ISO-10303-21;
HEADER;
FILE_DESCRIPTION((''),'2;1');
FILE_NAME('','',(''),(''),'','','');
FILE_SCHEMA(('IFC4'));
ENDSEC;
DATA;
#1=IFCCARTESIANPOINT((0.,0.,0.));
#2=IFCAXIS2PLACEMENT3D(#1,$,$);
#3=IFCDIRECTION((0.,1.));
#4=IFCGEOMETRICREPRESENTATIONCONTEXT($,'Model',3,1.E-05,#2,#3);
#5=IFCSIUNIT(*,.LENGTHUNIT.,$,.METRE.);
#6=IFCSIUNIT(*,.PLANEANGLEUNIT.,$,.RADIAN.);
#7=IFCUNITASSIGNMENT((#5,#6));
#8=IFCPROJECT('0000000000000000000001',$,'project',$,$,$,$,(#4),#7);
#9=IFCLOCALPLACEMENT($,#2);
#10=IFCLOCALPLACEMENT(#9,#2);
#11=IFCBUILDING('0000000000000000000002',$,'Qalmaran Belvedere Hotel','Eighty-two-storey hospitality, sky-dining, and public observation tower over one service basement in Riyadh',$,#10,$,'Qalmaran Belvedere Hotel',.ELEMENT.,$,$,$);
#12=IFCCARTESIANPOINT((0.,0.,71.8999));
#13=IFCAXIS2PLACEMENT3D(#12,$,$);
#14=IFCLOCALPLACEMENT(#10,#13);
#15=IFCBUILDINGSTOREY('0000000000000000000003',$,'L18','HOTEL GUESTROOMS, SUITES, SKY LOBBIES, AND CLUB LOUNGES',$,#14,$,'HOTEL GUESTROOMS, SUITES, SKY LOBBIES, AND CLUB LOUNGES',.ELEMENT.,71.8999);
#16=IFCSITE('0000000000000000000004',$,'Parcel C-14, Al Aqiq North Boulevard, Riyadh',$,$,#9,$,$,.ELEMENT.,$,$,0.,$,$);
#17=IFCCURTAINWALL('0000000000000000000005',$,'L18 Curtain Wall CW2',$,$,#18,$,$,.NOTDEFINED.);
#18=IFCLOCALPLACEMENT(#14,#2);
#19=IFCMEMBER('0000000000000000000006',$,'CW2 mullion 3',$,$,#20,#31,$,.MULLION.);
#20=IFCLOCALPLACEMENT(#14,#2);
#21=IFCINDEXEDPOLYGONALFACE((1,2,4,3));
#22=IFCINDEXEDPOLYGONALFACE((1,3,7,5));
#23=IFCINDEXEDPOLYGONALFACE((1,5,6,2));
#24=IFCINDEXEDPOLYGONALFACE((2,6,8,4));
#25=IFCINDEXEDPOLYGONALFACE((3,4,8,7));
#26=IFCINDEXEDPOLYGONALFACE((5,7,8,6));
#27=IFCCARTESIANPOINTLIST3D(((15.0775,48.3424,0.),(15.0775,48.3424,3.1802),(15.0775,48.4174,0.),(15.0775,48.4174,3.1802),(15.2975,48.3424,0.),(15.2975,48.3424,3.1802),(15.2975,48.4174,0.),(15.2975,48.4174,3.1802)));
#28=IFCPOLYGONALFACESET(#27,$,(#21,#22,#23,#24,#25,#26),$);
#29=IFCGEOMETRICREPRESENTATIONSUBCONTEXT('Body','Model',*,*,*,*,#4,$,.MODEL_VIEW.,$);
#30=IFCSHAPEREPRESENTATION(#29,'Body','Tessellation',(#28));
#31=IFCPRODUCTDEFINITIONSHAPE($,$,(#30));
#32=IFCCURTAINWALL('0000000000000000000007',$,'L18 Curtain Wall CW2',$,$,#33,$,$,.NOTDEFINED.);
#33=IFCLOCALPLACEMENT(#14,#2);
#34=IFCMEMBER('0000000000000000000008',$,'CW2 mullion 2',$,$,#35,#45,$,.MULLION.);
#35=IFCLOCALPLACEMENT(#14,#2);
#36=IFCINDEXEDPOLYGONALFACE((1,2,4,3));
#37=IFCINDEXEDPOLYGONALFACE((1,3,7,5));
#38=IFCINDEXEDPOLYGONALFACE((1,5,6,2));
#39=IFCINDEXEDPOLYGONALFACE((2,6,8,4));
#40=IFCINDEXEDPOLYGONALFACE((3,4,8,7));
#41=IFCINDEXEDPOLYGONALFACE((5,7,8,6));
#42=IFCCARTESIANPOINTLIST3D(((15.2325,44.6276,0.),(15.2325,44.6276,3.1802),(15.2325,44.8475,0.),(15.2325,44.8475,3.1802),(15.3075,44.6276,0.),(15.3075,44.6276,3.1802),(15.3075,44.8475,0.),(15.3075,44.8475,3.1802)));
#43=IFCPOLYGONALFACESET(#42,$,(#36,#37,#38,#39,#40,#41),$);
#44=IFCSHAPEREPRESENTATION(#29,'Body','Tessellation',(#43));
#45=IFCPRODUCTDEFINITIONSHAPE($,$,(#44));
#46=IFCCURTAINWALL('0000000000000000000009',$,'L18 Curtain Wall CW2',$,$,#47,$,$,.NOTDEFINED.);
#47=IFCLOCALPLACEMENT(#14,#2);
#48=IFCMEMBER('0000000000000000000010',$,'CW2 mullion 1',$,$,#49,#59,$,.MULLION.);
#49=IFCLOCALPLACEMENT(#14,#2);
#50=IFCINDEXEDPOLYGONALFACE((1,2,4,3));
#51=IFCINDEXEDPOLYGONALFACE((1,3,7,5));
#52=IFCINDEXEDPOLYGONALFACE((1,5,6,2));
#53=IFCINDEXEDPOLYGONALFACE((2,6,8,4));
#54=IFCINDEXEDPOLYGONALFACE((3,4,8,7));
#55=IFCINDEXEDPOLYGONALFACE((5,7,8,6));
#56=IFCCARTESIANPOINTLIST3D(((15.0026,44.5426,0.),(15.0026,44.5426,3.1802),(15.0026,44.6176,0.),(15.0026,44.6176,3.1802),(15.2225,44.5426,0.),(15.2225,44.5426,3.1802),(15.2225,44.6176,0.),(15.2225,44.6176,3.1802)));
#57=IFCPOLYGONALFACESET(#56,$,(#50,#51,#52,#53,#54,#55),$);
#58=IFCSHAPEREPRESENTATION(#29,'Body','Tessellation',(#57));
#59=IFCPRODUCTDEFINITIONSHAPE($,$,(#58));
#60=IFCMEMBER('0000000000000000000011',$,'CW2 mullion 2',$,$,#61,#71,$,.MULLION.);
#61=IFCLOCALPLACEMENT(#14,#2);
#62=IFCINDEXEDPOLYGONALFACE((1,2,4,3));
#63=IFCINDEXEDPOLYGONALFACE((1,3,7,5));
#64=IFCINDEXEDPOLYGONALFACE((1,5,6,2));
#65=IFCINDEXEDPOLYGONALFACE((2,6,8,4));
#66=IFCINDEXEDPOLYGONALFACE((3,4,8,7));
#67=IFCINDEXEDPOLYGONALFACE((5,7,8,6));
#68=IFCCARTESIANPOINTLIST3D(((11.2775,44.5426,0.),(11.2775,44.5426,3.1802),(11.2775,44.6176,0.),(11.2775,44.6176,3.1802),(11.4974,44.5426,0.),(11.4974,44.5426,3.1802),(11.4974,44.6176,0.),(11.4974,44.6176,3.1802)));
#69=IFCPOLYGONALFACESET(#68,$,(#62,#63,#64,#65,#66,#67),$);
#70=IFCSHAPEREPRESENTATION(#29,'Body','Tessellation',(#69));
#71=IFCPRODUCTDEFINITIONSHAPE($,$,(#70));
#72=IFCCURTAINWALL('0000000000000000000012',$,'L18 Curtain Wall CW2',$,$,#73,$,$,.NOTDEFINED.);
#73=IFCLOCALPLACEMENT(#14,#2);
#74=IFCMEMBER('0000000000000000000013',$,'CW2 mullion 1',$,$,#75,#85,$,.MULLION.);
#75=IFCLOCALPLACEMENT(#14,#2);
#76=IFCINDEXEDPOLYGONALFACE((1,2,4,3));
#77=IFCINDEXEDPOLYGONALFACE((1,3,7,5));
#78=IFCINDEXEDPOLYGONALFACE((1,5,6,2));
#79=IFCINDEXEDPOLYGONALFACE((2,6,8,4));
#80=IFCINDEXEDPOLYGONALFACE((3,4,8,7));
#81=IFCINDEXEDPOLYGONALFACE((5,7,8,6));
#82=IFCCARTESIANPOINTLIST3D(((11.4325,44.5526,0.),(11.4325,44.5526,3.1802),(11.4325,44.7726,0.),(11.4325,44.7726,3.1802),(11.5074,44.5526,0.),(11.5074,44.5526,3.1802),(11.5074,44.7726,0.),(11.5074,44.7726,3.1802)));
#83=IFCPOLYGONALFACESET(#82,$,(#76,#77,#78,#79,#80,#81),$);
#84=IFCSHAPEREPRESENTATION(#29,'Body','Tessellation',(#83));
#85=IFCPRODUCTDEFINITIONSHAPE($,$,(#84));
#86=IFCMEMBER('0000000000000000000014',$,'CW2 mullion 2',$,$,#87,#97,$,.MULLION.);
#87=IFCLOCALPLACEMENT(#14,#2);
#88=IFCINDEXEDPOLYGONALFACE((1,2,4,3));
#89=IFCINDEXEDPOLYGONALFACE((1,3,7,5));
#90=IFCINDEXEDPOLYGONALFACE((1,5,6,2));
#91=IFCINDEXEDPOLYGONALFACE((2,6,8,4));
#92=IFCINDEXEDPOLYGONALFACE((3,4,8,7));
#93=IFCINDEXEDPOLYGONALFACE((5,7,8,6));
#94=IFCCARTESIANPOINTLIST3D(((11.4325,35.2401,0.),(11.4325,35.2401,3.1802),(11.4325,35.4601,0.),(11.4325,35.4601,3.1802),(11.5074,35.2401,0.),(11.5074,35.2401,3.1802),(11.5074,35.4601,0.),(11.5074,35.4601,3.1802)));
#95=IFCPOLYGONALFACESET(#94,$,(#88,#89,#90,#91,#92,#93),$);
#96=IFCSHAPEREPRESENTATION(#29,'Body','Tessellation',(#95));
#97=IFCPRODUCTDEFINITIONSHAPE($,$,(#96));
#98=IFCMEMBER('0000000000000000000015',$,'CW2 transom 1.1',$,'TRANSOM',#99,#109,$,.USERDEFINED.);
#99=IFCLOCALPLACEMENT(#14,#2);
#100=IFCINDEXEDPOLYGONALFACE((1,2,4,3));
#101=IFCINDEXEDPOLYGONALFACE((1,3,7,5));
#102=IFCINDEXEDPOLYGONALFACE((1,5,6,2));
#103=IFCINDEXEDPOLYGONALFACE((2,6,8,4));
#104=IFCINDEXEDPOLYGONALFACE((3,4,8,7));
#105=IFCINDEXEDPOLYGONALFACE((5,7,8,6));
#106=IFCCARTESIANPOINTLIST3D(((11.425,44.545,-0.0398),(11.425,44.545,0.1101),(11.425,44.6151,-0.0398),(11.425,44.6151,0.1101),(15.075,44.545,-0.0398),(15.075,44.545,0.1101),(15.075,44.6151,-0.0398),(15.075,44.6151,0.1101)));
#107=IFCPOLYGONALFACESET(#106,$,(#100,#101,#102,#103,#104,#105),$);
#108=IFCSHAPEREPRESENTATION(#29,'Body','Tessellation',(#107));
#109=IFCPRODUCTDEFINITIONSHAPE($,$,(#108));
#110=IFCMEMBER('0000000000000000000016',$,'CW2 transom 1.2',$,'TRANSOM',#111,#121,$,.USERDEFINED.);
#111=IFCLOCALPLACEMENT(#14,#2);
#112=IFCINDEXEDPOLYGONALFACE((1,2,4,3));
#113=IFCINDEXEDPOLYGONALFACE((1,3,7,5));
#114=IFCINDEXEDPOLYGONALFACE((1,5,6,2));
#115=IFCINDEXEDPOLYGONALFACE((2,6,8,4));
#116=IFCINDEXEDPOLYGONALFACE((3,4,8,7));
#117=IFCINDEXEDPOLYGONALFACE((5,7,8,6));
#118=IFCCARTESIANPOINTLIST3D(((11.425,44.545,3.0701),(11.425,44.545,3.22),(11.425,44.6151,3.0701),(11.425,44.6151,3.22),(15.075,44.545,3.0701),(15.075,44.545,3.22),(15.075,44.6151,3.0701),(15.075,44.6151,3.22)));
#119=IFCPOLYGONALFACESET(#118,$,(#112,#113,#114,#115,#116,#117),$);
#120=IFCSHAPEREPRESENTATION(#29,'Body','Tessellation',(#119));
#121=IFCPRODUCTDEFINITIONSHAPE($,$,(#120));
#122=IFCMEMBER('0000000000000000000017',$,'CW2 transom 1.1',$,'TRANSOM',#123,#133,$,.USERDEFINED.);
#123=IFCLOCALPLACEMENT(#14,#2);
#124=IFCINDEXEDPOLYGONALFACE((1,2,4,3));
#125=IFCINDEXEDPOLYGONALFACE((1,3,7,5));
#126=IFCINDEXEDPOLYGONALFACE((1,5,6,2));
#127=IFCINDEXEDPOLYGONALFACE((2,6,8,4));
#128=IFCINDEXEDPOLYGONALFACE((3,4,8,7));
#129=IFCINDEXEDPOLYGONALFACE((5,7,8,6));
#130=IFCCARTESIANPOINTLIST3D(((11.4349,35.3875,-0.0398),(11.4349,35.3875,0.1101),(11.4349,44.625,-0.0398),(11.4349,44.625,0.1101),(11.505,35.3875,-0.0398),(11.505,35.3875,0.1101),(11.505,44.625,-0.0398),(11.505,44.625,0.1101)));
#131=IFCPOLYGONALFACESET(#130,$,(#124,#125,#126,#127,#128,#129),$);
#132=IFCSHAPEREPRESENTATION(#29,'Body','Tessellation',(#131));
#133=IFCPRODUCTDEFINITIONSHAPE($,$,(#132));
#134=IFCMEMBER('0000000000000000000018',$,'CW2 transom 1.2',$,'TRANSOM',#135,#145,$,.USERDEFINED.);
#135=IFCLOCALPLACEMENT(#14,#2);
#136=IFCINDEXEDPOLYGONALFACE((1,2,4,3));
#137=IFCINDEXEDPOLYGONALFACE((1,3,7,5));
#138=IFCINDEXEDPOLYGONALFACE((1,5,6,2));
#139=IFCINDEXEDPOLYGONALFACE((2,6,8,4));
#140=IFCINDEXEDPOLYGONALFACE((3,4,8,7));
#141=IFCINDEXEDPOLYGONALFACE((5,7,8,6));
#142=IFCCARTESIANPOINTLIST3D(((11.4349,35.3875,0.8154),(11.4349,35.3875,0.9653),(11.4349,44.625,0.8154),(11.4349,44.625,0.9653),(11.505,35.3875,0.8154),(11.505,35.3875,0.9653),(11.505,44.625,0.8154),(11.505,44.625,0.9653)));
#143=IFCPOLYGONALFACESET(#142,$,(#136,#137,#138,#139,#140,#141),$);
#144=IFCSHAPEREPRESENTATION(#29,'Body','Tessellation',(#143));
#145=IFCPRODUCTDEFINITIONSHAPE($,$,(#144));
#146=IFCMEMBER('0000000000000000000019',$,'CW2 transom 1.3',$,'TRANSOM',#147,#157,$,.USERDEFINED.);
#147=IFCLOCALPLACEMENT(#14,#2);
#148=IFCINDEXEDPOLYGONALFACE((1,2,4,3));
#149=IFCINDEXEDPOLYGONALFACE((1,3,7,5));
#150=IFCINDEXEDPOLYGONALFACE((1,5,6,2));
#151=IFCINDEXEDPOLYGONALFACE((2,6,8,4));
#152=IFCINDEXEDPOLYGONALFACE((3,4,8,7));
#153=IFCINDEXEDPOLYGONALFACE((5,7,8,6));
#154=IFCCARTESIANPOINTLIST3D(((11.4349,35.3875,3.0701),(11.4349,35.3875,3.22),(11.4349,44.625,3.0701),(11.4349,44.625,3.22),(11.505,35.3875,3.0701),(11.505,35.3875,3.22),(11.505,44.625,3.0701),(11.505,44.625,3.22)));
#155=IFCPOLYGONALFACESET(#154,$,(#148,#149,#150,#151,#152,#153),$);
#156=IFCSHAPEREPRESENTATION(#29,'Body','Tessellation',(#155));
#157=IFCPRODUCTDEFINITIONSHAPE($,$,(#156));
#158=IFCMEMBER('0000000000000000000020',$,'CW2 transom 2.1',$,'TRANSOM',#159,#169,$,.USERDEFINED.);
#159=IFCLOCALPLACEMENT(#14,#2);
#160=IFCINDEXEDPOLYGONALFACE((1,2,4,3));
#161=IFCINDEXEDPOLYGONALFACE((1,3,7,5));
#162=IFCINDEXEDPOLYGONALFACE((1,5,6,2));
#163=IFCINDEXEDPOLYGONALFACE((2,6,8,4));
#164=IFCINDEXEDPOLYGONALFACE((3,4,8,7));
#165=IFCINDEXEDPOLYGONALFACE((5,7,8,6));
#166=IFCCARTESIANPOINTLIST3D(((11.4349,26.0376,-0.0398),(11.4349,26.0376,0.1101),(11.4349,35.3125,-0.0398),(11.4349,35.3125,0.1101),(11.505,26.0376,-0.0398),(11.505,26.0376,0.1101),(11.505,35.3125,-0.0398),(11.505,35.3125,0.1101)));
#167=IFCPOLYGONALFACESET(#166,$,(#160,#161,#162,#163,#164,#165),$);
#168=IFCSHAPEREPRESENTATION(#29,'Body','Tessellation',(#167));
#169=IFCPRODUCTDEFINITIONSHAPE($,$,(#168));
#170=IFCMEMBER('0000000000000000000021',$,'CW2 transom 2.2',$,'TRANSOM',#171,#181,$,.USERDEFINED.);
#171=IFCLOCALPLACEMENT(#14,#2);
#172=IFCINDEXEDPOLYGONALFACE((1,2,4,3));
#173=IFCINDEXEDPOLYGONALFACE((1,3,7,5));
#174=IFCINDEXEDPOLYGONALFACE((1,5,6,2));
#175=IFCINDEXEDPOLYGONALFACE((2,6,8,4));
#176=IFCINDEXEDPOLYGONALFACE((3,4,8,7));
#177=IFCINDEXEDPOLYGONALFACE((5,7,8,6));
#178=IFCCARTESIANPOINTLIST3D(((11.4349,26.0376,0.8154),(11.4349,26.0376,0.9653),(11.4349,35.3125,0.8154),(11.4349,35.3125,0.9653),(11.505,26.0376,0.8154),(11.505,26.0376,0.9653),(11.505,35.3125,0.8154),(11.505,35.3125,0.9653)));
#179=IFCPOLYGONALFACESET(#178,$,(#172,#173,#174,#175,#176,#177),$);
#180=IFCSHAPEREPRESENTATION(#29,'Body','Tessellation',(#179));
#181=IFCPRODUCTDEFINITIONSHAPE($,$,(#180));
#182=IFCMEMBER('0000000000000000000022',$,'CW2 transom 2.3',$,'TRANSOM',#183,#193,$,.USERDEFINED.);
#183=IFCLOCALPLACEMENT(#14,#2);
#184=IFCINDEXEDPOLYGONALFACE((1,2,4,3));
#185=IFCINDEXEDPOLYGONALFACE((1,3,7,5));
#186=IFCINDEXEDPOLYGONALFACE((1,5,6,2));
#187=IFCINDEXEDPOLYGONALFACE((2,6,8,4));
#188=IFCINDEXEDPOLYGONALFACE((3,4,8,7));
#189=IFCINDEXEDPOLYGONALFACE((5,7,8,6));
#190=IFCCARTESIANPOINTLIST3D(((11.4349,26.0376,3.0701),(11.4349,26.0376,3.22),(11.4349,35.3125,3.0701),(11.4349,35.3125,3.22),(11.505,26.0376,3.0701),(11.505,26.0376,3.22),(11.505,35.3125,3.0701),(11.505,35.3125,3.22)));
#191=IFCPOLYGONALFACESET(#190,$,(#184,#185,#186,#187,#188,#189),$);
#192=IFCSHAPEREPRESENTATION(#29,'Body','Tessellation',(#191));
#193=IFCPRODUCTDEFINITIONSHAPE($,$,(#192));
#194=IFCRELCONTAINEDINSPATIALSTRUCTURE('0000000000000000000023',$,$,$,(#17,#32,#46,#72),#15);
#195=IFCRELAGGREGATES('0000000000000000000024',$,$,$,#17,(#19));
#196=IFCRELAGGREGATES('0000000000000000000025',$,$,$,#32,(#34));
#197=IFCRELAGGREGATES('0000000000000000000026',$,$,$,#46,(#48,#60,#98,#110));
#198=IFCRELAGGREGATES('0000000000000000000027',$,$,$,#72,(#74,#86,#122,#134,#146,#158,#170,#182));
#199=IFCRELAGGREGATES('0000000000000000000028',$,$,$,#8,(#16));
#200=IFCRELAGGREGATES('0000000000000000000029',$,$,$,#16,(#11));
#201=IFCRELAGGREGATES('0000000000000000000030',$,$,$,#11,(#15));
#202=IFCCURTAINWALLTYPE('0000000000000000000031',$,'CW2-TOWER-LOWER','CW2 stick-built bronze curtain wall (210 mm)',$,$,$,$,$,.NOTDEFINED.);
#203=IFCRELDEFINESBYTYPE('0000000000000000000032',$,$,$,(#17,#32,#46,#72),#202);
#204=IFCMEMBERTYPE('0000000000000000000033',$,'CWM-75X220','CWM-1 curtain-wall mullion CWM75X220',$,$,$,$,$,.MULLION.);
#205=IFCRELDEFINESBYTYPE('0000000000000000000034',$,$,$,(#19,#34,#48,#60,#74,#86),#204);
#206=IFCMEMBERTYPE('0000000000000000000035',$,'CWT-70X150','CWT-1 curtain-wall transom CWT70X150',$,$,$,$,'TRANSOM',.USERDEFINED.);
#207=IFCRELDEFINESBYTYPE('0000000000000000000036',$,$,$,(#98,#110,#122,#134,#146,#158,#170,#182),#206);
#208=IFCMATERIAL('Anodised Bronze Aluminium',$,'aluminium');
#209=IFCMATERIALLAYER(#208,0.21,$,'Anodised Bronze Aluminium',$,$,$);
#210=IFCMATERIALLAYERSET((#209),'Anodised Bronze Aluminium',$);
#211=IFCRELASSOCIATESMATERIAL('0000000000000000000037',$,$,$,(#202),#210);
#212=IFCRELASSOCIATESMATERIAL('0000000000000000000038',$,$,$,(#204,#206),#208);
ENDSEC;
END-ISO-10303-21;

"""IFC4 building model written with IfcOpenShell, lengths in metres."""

from ifc_helpers import new_model, si_unit, direction, frame, origin, origin_2d, place, context, subcontext, project, spatial, rectangle, extrude, material, layer, layer_set, material_profile, profile_set, type_object, element, aggregate, save


model = new_model("IFC4")

# Units and contexts
model_context = context("Model", 3, precision=1e-05, world=origin(), true_north=direction((0.0, 1.0)))
body_context = subcontext(model_context, "Body", "Model", "MODEL_VIEW")
ifc_project = project(units=[si_unit("LENGTHUNIT", "METRE"), si_unit("PLANEANGLEUNIT", "RADIAN")], contexts=[model_context])

# Site, building, storey
site_placement = place(None, origin())
site = spatial("IfcSite", under=ifc_project, at=site_placement, Name="Parcel C-14, Al Aqiq North Boulevard, Riyadh", CompositionType="ELEMENT", RefElevation=0.0)
building_placement = place(site_placement, origin())
building = spatial("IfcBuilding", under=site, at=building_placement, Name="Qalmaran Belvedere Hotel", Description="Eighty-two-storey hospitality, sky-dining, and public observation tower over one service basement in Riyadh", LongName="Qalmaran Belvedere Hotel", CompositionType="ELEMENT")
storey_placement = place(building_placement, frame((0.0, 0.0, 71.8999)))
storey = spatial("IfcBuildingStorey", under=building, at=storey_placement, Name="L18", Description="HOTEL GUESTROOMS, SUITES, SKY LOBBIES, AND CLUB LOUNGES", LongName="HOTEL GUESTROOMS, SUITES, SKY LOBBIES, AND CLUB LOUNGES", CompositionType="ELEMENT", Elevation=71.8999)

# Curtain walls, members
ifc_material_1 = material(Name="Anodised Bronze Aluminium", Category="aluminium")
ifc_layer_1 = layer(ifc_material_1, 0.21, Name="Anodised Bronze Aluminium")
ifc_layer_set_1 = layer_set([ifc_layer_1], Name="Anodised Bronze Aluminium")
curtain_wall_type = type_object("IfcCurtainWallType", Name="CW2-TOWER-LOWER", Description="CW2 stick-built bronze curtain wall (210 mm)", PredefinedType="NOTDEFINED", material=ifc_layer_set_1)
curtain_wall_1_placement = place(storey_placement, origin())
curtain_wall_1 = element("IfcCurtainWall", 1, at=curtain_wall_1_placement, inside=storey, type_object=curtain_wall_type, Name="L18 Curtain Wall CW2", PredefinedType="NOTDEFINED")
ifc_material_profile_1 = material_profile(ifc_material_1, rectangle(XDim=0.075, YDim=0.22, at=origin_2d()), Name="CWM75X220")
ifc_profile_set_1 = profile_set([ifc_material_profile_1], Name="Anodised Bronze Aluminium")
member_type_1 = type_object("IfcMemberType", Name="CWM-75X220", Description="CWM-1 curtain-wall mullion CWM75X220", PredefinedType="MULLION", material=ifc_profile_set_1)
member_1_placement = place(storey_placement, frame((15.1875, 48.3799, 0.0), z_axis=(0.0, 0.0, 1.0), x_axis=(0.0, -1.0, 0.0)))
member_1 = element("IfcMember", 2, at=member_1_placement, type_object=member_type_1, Name="CW2 mullion 3", PredefinedType="MULLION", context=body_context, shape_type="SweptSolid", body=[
    extrude(rectangle(XDim=0.075, YDim=0.22, at=origin_2d()), origin(), (0.0, 0.0, 1.0), 3.1802),
])
aggregate(curtain_wall_1, [member_1])
curtain_wall_2_placement = place(storey_placement, origin())
curtain_wall_2 = element("IfcCurtainWall", 3, at=curtain_wall_2_placement, inside=storey, type_object=curtain_wall_type, Name="L18 Curtain Wall CW2", PredefinedType="NOTDEFINED")
member_2_placement = place(storey_placement, frame((15.27, 44.7375, 0.0), z_axis=(0.0, 0.0, 1.0), x_axis=(1.0, 0.0, 0.0)))
member_2 = element("IfcMember", 4, at=member_2_placement, type_object=member_type_1, Name="CW2 mullion 2", PredefinedType="MULLION", context=body_context, shape_type="SweptSolid", body=[
    extrude(rectangle(XDim=0.075, YDim=0.22, at=origin_2d()), origin(), (0.0, 0.0, 1.0), 3.1802),
])

# Curtain walls, members
curtain_wall_3_placement = place(storey_placement, origin())
curtain_wall_3 = element("IfcCurtainWall", 5, at=curtain_wall_3_placement, inside=storey, type_object=curtain_wall_type, Name="L18 Curtain Wall CW2", PredefinedType="NOTDEFINED")
member_3_placement = place(storey_placement, frame((15.1125, 44.5801, 0.0), z_axis=(0.0, 0.0, 1.0), x_axis=(0.0, -1.0, 0.0)))
member_3 = element("IfcMember", 6, at=member_3_placement, type_object=member_type_1, Name="CW2 mullion 1", PredefinedType="MULLION", context=body_context, shape_type="SweptSolid", body=[
    extrude(rectangle(XDim=0.075, YDim=0.22, at=origin_2d()), origin(), (0.0, 0.0, 1.0), 3.1802),
])
member_4_placement = place(storey_placement, frame((11.3875, 44.5801, 0.0), z_axis=(0.0, 0.0, 1.0), x_axis=(0.0, -1.0, 0.0)))
member_4 = element("IfcMember", 7, at=member_4_placement, type_object=member_type_1, Name="CW2 mullion 2", PredefinedType="MULLION", context=body_context, shape_type="SweptSolid", body=[
    extrude(rectangle(XDim=0.075, YDim=0.22, at=origin_2d()), origin(), (0.0, 0.0, 1.0), 3.1802),
])
curtain_wall_4_placement = place(storey_placement, origin())
curtain_wall_4 = element("IfcCurtainWall", 8, at=curtain_wall_4_placement, inside=storey, type_object=curtain_wall_type, Name="L18 Curtain Wall CW2", PredefinedType="NOTDEFINED")
member_5_placement = place(storey_placement, frame((11.47, 44.6626, 0.0), z_axis=(0.0, 0.0, 1.0), x_axis=(1.0, 0.0, 0.0)))
member_5 = element("IfcMember", 9, at=member_5_placement, type_object=member_type_1, Name="CW2 mullion 1", PredefinedType="MULLION", context=body_context, shape_type="SweptSolid", body=[
    extrude(rectangle(XDim=0.075, YDim=0.22, at=origin_2d()), origin(), (0.0, 0.0, 1.0), 3.1802),
])
member_6_placement = place(storey_placement, frame((11.47, 35.3501, 0.0), z_axis=(0.0, 0.0, 1.0), x_axis=(1.0, 0.0, 0.0)))
member_6 = element("IfcMember", 10, at=member_6_placement, type_object=member_type_1, Name="CW2 mullion 2", PredefinedType="MULLION", context=body_context, shape_type="SweptSolid", body=[
    extrude(rectangle(XDim=0.075, YDim=0.22, at=origin_2d()), origin(), (0.0, 0.0, 1.0), 3.1802),
])

# Members
ifc_material_profile_2 = material_profile(ifc_material_1, rectangle(XDim=0.0701, YDim=0.1499, at=origin_2d()), Name="CWT70X150")
ifc_profile_set_2 = profile_set([ifc_material_profile_2], Name="Anodised Bronze Aluminium")
member_type_2 = type_object("IfcMemberType", Name="CWT-70X150", Description="CWT-1 curtain-wall transom CWT70X150", ElementType="TRANSOM", PredefinedType="USERDEFINED", material=ifc_profile_set_2)
member_7_placement = place(storey_placement, frame((15.075, 44.5801, 0.0352), z_axis=(-1.0, 0.0, 0.0), x_axis=(0.0, -1.0, 0.0)))
member_7 = element("IfcMember", 11, at=member_7_placement, type_object=member_type_2, Name="CW2 transom 1.1", ObjectType="TRANSOM", PredefinedType="USERDEFINED", context=body_context, shape_type="SweptSolid", body=[
    extrude(rectangle(XDim=0.0701, YDim=0.1499, at=origin_2d()), origin(), (0.0, 0.0, 1.0), 3.6499),
])
member_8_placement = place(storey_placement, frame((15.075, 44.5801, 3.145), z_axis=(-1.0, 0.0, 0.0), x_axis=(0.0, -1.0, 0.0)))
member_8 = element("IfcMember", 12, at=member_8_placement, type_object=member_type_2, Name="CW2 transom 1.2", ObjectType="TRANSOM", PredefinedType="USERDEFINED", context=body_context, shape_type="SweptSolid", body=[
    extrude(rectangle(XDim=0.0701, YDim=0.1499, at=origin_2d()), origin(), (0.0, 0.0, 1.0), 3.6499),
])
member_9_placement = place(storey_placement, frame((11.47, 44.625, 0.0352), z_axis=(0.0, -1.0, 0.0), x_axis=(1.0, 0.0, 0.0)))
member_9 = element("IfcMember", 13, at=member_9_placement, type_object=member_type_2, Name="CW2 transom 1.1", ObjectType="TRANSOM", PredefinedType="USERDEFINED", context=body_context, shape_type="SweptSolid", body=[
    extrude(rectangle(XDim=0.0701, YDim=0.1499, at=origin_2d()), origin(), (0.0, 0.0, 1.0), 9.2375),
])
member_10_placement = place(storey_placement, frame((11.47, 44.625, 0.8904), z_axis=(0.0, -1.0, 0.0), x_axis=(1.0, 0.0, 0.0)))
member_10 = element("IfcMember", 14, at=member_10_placement, type_object=member_type_2, Name="CW2 transom 1.2", ObjectType="TRANSOM", PredefinedType="USERDEFINED", context=body_context, shape_type="SweptSolid", body=[
    extrude(rectangle(XDim=0.0701, YDim=0.1499, at=origin_2d()), origin(), (0.0, 0.0, 1.0), 9.2375),
])
member_11_placement = place(storey_placement, frame((11.47, 44.625, 3.145), z_axis=(0.0, -1.0, 0.0), x_axis=(1.0, 0.0, 0.0)))
member_11 = element("IfcMember", 15, at=member_11_placement, type_object=member_type_2, Name="CW2 transom 1.3", ObjectType="TRANSOM", PredefinedType="USERDEFINED", context=body_context, shape_type="SweptSolid", body=[
    extrude(rectangle(XDim=0.0701, YDim=0.1499, at=origin_2d()), origin(), (0.0, 0.0, 1.0), 9.2375),
])
member_12_placement = place(storey_placement, frame((11.47, 35.3125, 0.0352), z_axis=(0.0, -1.0, 0.0), x_axis=(1.0, 0.0, 0.0)))
member_12 = element("IfcMember", 16, at=member_12_placement, type_object=member_type_2, Name="CW2 transom 2.1", ObjectType="TRANSOM", PredefinedType="USERDEFINED", context=body_context, shape_type="SweptSolid", body=[
    extrude(rectangle(XDim=0.0701, YDim=0.1499, at=origin_2d()), origin(), (0.0, 0.0, 1.0), 9.2749),
])
member_13_placement = place(storey_placement, frame((11.47, 35.3125, 0.8904), z_axis=(0.0, -1.0, 0.0), x_axis=(1.0, 0.0, 0.0)))
member_13 = element("IfcMember", 17, at=member_13_placement, type_object=member_type_2, Name="CW2 transom 2.2", ObjectType="TRANSOM", PredefinedType="USERDEFINED", context=body_context, shape_type="SweptSolid", body=[
    extrude(rectangle(XDim=0.0701, YDim=0.1499, at=origin_2d()), origin(), (0.0, 0.0, 1.0), 9.2749),
])
member_14_placement = place(storey_placement, frame((11.47, 35.3125, 3.145), z_axis=(0.0, -1.0, 0.0), x_axis=(1.0, 0.0, 0.0)))
member_14 = element("IfcMember", 18, at=member_14_placement, type_object=member_type_2, Name="CW2 transom 2.3", ObjectType="TRANSOM", PredefinedType="USERDEFINED", context=body_context, shape_type="SweptSolid", body=[
    extrude(rectangle(XDim=0.0701, YDim=0.1499, at=origin_2d()), origin(), (0.0, 0.0, 1.0), 9.2749),
])

aggregate(curtain_wall_2, [member_2])
aggregate(curtain_wall_3, [member_3, member_4, member_7, member_8])
aggregate(curtain_wall_4, [member_5, member_6, member_9, member_10, member_11, member_12, member_13, member_14])

save(model, "model.ifc")
